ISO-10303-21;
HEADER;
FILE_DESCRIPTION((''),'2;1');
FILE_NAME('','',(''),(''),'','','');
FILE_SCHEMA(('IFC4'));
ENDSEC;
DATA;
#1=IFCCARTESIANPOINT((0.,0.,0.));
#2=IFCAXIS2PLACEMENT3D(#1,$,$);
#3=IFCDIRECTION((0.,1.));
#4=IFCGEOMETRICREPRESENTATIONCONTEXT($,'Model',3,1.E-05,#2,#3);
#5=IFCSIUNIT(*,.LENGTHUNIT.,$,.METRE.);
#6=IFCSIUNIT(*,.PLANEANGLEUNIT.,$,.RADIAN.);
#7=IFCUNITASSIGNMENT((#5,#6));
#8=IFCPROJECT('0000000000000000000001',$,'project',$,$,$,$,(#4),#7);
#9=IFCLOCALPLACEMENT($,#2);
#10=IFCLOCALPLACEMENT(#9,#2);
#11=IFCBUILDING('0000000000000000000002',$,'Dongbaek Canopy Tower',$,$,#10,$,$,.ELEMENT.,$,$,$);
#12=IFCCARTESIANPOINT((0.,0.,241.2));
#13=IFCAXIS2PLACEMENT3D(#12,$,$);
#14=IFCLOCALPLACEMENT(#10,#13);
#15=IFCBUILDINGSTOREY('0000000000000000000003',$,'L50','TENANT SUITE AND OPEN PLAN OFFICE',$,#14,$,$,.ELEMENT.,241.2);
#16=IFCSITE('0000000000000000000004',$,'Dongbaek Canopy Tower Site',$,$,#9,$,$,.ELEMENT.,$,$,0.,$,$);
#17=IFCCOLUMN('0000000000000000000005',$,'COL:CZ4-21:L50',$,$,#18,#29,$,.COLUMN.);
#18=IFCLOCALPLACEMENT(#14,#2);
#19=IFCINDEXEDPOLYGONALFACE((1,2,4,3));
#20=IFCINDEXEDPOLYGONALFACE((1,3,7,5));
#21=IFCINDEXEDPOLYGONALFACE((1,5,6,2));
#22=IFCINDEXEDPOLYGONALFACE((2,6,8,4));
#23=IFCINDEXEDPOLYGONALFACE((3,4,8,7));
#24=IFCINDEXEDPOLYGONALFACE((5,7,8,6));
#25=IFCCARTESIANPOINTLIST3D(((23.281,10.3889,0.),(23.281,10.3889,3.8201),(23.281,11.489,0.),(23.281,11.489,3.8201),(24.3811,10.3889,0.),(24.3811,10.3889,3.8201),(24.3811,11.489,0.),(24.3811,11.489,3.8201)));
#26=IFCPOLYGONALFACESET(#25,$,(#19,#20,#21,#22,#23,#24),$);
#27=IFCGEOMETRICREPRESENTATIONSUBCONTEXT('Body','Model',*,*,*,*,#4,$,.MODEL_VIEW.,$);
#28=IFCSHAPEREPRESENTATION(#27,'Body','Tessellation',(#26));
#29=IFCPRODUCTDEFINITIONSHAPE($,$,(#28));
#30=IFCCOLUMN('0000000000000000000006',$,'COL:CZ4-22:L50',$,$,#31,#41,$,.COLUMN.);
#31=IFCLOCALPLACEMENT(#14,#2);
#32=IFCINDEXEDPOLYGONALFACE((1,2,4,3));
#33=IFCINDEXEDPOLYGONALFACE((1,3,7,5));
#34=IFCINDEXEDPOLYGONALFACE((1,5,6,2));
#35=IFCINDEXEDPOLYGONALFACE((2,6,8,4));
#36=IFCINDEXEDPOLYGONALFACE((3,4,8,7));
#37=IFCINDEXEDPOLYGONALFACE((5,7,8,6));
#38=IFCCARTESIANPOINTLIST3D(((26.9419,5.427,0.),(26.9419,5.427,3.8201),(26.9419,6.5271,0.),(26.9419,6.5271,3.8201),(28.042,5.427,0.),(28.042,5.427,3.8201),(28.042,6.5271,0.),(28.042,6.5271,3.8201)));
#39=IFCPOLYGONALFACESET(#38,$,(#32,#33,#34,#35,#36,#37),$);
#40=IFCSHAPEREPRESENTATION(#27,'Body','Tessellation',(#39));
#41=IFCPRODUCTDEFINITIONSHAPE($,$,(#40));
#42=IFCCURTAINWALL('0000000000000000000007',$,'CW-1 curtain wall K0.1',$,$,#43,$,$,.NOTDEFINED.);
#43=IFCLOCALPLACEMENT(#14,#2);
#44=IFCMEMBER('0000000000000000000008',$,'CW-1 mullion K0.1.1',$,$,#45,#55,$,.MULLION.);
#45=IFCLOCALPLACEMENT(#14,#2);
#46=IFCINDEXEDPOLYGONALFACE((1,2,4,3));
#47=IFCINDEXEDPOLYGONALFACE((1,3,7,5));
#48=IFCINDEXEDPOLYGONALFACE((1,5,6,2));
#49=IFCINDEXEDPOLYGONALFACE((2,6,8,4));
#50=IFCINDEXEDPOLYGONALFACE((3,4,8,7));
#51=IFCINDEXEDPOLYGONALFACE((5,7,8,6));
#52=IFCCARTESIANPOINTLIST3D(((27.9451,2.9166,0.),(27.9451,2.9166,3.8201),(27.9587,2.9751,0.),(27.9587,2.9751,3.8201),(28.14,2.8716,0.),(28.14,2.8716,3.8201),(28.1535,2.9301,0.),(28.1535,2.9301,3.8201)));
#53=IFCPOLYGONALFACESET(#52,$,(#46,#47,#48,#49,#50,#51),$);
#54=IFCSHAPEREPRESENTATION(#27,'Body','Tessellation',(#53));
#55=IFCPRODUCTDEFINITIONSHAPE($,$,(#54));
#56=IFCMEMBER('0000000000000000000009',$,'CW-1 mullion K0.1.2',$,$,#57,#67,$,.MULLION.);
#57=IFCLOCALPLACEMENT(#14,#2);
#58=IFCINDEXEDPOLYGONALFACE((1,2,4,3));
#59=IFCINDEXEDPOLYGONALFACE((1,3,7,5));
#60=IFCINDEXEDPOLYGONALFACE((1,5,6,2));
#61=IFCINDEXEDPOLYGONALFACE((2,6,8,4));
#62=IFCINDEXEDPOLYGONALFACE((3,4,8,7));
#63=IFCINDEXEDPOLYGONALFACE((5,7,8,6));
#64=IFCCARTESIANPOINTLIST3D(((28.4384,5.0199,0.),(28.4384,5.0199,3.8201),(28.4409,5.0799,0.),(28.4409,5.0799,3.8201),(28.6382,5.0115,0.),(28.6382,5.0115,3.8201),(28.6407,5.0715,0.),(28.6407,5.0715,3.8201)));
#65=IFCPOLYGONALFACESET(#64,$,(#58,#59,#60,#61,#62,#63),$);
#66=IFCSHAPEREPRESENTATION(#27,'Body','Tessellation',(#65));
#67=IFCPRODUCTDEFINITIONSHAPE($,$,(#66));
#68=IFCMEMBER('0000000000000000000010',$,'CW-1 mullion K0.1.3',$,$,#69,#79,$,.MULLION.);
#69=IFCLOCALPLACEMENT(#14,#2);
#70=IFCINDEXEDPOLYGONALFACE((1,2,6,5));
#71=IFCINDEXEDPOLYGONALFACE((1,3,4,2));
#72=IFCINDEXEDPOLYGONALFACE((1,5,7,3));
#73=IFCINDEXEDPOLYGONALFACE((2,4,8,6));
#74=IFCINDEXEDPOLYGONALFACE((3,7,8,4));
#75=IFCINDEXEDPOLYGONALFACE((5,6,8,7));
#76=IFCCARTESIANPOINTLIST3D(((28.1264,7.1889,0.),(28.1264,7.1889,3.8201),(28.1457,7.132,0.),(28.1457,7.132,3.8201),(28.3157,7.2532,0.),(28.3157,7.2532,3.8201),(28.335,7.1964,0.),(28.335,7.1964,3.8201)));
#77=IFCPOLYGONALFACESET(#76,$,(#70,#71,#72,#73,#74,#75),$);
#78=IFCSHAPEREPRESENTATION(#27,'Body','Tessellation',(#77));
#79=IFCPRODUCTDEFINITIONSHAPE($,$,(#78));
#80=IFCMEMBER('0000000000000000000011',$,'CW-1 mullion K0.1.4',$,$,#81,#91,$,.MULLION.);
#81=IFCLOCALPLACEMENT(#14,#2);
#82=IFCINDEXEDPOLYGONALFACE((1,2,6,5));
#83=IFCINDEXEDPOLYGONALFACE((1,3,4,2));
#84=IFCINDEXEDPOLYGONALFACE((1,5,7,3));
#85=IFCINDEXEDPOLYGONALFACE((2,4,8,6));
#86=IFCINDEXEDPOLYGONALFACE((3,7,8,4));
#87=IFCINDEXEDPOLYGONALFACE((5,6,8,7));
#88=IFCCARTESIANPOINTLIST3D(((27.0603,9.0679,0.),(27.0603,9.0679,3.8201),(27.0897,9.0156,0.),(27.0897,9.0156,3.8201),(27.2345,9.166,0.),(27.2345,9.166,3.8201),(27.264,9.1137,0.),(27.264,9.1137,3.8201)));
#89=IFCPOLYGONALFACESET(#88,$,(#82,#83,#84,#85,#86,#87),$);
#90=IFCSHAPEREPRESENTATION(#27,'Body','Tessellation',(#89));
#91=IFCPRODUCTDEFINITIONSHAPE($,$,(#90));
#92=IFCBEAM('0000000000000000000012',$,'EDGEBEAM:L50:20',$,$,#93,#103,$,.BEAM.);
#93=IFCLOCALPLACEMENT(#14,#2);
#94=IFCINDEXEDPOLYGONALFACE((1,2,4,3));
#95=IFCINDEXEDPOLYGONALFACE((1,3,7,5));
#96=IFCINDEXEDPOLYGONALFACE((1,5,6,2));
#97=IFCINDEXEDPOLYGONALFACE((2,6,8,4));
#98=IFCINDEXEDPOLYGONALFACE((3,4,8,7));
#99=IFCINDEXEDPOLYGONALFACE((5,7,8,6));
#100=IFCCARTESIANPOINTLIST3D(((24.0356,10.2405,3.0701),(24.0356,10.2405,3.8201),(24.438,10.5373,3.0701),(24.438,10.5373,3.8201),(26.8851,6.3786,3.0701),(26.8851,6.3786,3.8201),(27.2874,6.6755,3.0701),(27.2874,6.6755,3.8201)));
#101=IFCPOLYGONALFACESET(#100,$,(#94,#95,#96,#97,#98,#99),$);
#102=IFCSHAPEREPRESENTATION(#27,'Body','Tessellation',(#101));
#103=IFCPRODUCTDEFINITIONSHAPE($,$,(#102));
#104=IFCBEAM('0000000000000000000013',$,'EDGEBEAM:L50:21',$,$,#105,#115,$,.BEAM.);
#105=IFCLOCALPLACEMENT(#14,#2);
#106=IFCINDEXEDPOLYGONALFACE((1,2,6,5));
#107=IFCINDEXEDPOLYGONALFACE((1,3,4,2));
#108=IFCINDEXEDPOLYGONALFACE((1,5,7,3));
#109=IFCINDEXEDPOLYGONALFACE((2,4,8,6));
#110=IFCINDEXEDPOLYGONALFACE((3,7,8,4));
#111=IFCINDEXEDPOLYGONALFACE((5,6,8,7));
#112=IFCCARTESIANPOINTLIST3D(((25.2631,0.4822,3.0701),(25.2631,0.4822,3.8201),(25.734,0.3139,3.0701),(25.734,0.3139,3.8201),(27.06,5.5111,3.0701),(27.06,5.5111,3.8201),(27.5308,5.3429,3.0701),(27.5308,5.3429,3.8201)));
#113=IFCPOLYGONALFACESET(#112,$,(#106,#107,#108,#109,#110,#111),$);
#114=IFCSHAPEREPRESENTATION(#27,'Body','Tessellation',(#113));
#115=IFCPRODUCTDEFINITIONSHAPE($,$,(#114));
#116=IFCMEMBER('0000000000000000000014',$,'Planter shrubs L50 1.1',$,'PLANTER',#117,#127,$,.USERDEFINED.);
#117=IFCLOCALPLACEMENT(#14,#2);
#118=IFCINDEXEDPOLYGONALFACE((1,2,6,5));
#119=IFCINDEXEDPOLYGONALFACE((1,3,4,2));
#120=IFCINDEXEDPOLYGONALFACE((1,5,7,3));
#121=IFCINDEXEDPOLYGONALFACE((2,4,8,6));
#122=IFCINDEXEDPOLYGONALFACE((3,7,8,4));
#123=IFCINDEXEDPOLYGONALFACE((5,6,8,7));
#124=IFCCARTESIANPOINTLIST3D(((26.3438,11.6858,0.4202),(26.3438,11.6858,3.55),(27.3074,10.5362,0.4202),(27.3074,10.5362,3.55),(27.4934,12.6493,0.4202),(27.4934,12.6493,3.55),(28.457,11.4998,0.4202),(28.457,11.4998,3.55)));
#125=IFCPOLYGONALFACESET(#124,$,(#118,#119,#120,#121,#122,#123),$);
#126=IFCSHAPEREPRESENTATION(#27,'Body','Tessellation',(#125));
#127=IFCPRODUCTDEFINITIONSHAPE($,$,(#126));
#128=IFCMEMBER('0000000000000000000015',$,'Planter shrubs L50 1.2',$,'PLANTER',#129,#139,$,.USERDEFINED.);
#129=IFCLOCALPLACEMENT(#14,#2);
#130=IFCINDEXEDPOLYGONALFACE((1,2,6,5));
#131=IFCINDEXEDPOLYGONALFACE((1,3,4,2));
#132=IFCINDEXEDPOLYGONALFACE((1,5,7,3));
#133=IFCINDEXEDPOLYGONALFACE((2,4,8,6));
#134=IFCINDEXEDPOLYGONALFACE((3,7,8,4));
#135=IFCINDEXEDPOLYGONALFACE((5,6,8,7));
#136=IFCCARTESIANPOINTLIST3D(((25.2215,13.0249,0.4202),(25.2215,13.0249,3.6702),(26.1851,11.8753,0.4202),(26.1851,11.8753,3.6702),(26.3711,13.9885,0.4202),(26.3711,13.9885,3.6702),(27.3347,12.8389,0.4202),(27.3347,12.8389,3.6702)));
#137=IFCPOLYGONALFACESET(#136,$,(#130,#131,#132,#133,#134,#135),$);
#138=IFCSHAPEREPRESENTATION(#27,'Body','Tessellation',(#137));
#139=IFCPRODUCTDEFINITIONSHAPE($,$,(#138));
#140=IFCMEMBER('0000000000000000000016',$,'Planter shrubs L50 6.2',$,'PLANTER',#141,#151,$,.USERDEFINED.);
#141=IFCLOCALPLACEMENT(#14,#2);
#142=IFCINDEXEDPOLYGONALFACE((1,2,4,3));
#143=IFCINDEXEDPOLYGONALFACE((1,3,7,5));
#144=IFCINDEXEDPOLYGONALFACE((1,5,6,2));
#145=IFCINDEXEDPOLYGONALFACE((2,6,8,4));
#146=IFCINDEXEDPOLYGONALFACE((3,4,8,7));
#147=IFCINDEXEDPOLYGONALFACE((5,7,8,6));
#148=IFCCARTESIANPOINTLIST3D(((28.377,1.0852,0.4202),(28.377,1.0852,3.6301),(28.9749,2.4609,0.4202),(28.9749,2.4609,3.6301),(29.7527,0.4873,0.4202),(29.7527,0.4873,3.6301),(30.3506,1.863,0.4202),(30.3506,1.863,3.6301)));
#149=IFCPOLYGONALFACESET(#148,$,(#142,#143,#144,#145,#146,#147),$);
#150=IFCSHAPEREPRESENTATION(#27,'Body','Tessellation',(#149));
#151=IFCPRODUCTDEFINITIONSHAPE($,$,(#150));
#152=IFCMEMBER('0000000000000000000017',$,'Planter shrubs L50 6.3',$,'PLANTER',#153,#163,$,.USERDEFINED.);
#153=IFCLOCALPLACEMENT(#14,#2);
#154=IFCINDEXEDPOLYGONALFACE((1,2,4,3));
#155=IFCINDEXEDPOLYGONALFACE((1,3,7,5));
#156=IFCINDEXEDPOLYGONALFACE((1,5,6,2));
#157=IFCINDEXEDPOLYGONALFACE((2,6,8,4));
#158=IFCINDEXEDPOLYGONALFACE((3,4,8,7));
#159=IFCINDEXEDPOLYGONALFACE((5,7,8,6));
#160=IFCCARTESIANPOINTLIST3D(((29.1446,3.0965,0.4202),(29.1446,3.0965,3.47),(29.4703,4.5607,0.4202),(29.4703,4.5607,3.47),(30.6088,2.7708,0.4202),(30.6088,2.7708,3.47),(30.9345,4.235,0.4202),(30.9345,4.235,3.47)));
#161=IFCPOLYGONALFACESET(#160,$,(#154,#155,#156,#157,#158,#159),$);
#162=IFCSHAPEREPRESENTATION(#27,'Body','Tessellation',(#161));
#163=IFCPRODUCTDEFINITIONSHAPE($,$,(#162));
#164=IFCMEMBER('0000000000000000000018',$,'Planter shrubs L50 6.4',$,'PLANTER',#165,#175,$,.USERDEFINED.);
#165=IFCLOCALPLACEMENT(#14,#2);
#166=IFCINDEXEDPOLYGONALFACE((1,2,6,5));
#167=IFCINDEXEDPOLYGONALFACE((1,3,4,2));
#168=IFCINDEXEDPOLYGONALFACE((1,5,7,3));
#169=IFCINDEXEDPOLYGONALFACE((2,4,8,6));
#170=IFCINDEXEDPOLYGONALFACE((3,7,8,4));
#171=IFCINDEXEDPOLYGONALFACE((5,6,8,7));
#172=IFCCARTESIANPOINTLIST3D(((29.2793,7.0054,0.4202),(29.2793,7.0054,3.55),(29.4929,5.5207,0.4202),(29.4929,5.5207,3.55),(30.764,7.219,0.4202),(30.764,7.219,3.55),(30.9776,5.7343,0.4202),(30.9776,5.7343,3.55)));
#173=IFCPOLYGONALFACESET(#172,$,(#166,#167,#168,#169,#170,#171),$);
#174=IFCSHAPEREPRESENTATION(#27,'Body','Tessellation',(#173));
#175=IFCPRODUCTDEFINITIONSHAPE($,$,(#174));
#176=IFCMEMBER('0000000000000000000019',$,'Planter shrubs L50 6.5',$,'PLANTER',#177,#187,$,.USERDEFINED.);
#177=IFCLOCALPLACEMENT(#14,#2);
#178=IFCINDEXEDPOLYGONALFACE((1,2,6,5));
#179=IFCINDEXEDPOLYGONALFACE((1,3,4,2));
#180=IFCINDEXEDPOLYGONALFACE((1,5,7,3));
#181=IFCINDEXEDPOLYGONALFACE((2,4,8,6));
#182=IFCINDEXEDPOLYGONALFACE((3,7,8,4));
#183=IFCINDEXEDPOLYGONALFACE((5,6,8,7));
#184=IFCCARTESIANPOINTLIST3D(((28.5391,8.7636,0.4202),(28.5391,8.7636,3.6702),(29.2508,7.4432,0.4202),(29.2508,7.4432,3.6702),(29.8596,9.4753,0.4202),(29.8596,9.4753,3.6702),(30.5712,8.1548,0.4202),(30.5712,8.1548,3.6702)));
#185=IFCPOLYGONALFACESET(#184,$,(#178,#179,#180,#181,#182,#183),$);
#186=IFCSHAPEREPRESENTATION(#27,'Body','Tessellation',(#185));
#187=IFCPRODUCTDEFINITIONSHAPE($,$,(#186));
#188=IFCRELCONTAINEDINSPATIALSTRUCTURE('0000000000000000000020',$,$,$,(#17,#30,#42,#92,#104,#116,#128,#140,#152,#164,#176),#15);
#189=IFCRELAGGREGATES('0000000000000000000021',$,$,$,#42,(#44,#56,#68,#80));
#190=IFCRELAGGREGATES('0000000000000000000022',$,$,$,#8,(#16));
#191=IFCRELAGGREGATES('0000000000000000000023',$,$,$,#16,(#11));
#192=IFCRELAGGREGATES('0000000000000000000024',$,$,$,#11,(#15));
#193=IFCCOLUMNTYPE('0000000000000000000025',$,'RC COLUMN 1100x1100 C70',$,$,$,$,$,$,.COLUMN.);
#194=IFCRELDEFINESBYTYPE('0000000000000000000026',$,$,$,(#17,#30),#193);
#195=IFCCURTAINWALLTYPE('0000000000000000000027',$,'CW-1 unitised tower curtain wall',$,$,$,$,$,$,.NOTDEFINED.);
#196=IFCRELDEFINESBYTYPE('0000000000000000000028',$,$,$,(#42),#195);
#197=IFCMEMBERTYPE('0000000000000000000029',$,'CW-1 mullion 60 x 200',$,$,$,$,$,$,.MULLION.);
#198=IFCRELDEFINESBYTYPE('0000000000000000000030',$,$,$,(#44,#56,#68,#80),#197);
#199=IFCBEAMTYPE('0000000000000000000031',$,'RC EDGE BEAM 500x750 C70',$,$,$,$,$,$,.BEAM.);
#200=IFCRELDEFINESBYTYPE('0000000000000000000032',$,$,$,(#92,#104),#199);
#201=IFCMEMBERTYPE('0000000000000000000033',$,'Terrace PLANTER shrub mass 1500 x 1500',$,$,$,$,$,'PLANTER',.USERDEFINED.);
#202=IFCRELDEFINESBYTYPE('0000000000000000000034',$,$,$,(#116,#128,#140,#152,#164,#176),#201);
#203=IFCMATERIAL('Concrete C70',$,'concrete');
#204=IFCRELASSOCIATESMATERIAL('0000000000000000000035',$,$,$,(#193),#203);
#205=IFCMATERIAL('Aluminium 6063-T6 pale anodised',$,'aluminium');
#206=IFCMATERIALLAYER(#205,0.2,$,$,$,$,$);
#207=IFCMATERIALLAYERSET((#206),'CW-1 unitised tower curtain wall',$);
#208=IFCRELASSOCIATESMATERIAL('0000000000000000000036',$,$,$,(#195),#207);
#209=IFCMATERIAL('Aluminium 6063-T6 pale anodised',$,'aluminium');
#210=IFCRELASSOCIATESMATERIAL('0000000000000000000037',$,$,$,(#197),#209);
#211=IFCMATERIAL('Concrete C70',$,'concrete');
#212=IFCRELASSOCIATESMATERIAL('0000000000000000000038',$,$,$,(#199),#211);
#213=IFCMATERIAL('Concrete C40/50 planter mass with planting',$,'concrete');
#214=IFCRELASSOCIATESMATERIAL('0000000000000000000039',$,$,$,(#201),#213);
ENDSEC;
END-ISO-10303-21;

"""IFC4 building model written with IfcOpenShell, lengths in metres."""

from ifc_helpers import new_model, si_unit, direction, frame, origin, origin_2d, place, context, subcontext, project, spatial, rectangle, extrude, material, layer, layer_set, material_profile, profile_set, type_object, element, aggregate, save


model = new_model("IFC4")

# Units and contexts
model_context = context("Model", 3, precision=1e-05, world=origin(), true_north=direction((0.0, 1.0)))
body_context = subcontext(model_context, "Body", "Model", "MODEL_VIEW")
ifc_project = project(units=[si_unit("LENGTHUNIT", "METRE"), si_unit("PLANEANGLEUNIT", "RADIAN")], contexts=[model_context])

# Site, building, storey
site_placement = place(None, origin())
site = spatial("IfcSite", under=ifc_project, at=site_placement, Name="Dongbaek Canopy Tower Site", CompositionType="ELEMENT", RefElevation=0.0)
building_placement = place(site_placement, origin())
building = spatial("IfcBuilding", under=site, at=building_placement, Name="Dongbaek Canopy Tower", CompositionType="ELEMENT")
storey_placement = place(building_placement, frame((0.0, 0.0, 241.2)))
storey = spatial("IfcBuildingStorey", under=building, at=storey_placement, Name="L50", Description="TENANT SUITE AND OPEN PLAN OFFICE", CompositionType="ELEMENT", Elevation=241.2)

# Columns
ifc_material_1 = material(Name="Concrete C70", Category="concrete")
ifc_material_profile_1 = material_profile(ifc_material_1, rectangle(XDim=1.1001, YDim=1.1001, at=origin_2d()), Name="RC COLUMN 1100x1100 C70")
ifc_profile_set_1 = profile_set([ifc_material_profile_1], Name="Concrete C70")
column_type = type_object("IfcColumnType", Name="RC COLUMN 1100x1100 C70", PredefinedType="COLUMN", material=ifc_profile_set_1)
for number, where, z_axis, x_axis, name in (
    (1, (23.8311, 10.939, 0.0), (0.0, 0.0, 1.0), (1.0, 0.0, 0.0), "COL:CZ4-21:L50"),
    (2, (27.4919, 5.9771, 0.0), (0.0, 0.0, 1.0), (1.0, 0.0, 0.0), "COL:CZ4-22:L50"),
):
    element("IfcColumn", number, at=place(storey_placement, frame(where, z_axis=z_axis, x_axis=x_axis)), inside=storey, type_object=column_type, Name=name, PredefinedType="COLUMN", context=body_context, shape_type="SweptSolid", body=[
        extrude(rectangle(XDim=1.1001, YDim=1.1001, at=origin_2d()), origin(), (0.0, 0.0, 1.0), 3.8201),
    ])

# Curtain wall, members
ifc_material_2 = material(Name="Aluminium 6063-T6 pale anodised", Category="aluminium")
ifc_layer_1 = layer(ifc_material_2, 0.2)
ifc_layer_set_1 = layer_set([ifc_layer_1], Name="CW-1 unitised tower curtain wall")
curtain_wall_type = type_object("IfcCurtainWallType", Name="CW-1 unitised tower curtain wall", PredefinedType="NOTDEFINED", material=ifc_layer_set_1)
curtain_wall_placement = place(storey_placement, origin())
curtain_wall = element("IfcCurtainWall", 3, at=curtain_wall_placement, inside=storey, type_object=curtain_wall_type, Name="CW-1 curtain wall K0.1", PredefinedType="NOTDEFINED")
ifc_material_3 = material(Name="Aluminium 6063-T6 pale anodised", Category="aluminium")
ifc_material_profile_2 = material_profile(ifc_material_3, rectangle(XDim=0.2, YDim=0.0601, at=origin_2d()), Name="CW-1 mullion 60 x 200")
ifc_profile_set_2 = profile_set([ifc_material_profile_2], Name="Aluminium 6063-T6 pale anodised")
member_type_1 = type_object("IfcMemberType", Name="CW-1 mullion 60 x 200", PredefinedType="MULLION", material=ifc_profile_set_2)
member_1_placement = place(storey_placement, frame((28.0493, 2.9233, 0.0), z_axis=(0.0, 0.0, 1.0), x_axis=(0.974362, -0.224987, 0.0)))
member_1 = element("IfcMember", 4, at=member_1_placement, type_object=member_type_1, Name="CW-1 mullion K0.1.1", PredefinedType="MULLION", context=body_context, shape_type="SweptSolid", body=[
    extrude(rectangle(XDim=0.2, YDim=0.0601, at=origin_2d()), origin(), (0.0, 0.0, 1.0), 3.8201),
])
member_2_placement = place(storey_placement, frame((28.5396, 5.0457, 0.0), z_axis=(0.0, 0.0, 1.0), x_axis=(0.999117, -0.042008, 0.0)))
member_2 = element("IfcMember", 5, at=member_2_placement, type_object=member_type_1, Name="CW-1 mullion K0.1.2", PredefinedType="MULLION", context=body_context, shape_type="SweptSolid", body=[
    extrude(rectangle(XDim=0.2, YDim=0.0601, at=origin_2d()), origin(), (0.0, 0.0, 1.0), 3.8201),
])
member_3_placement = place(storey_placement, frame((28.2307, 7.1926, 0.0), z_axis=(0.0, 0.0, 1.0), x_axis=(0.946754, 0.321959, 0.0)))
member_3 = element("IfcMember", 6, at=member_3_placement, type_object=member_type_1, Name="CW-1 mullion K0.1.3", PredefinedType="MULLION", context=body_context, shape_type="SweptSolid", body=[
    extrude(rectangle(XDim=0.2, YDim=0.0601, at=origin_2d()), origin(), (0.0, 0.0, 1.0), 3.8201),
])
member_4_placement = place(storey_placement, frame((27.1621, 9.0908, 0.0), z_axis=(0.0, 0.0, 1.0), x_axis=(0.87142, 0.490538, 0.0)))
member_4 = element("IfcMember", 7, at=member_4_placement, type_object=member_type_1, Name="CW-1 mullion K0.1.4", PredefinedType="MULLION", context=body_context, shape_type="SweptSolid", body=[
    extrude(rectangle(XDim=0.2, YDim=0.0601, at=origin_2d()), origin(), (0.0, 0.0, 1.0), 3.8201),
])

# Beams
ifc_material_4 = material(Name="Concrete C70", Category="concrete")
ifc_material_profile_3 = material_profile(ifc_material_4, rectangle(XDim=0.5, YDim=0.75, at=origin_2d()), Name="RC EDGE BEAM 500x750 C70")
ifc_profile_set_3 = profile_set([ifc_material_profile_3], Name="Concrete C70")
beam_type = type_object("IfcBeamType", Name="RC EDGE BEAM 500x750 C70", PredefinedType="BEAM", material=ifc_profile_set_3)
beam_1_placement = place(storey_placement, frame((24.2368, 10.3889, 3.4451), z_axis=(0.593714, -0.804676, 0.0), x_axis=(0.804676, 0.593714, 0.0)))
element("IfcBeam", 8, at=beam_1_placement, inside=storey, type_object=beam_type, Name="EDGEBEAM:L50:20", PredefinedType="BEAM", context=body_context, shape_type="SweptSolid", body=[
    extrude(rectangle(XDim=0.5, YDim=0.75, at=origin_2d()), origin(), (0.0, 0.0, 1.0), 4.7993),
])
beam_2_placement = place(storey_placement, frame((27.2954, 5.427, 3.4451), z_axis=(-0.336467, -0.941695, 0.0), x_axis=(0.941695, -0.336467, 0.0)))
element("IfcBeam", 9, at=beam_2_placement, inside=storey, type_object=beam_type, Name="EDGEBEAM:L50:21", PredefinedType="BEAM", context=body_context, shape_type="SweptSolid", body=[
    extrude(rectangle(XDim=0.5, YDim=0.75, at=origin_2d()), origin(), (0.0, 0.0, 1.0), 5.3403),
])

# Members
ifc_material_5 = material(Name="Concrete C40/50 planter mass with planting", Category="concrete")
ifc_material_profile_4 = material_profile(ifc_material_5, rectangle(XDim=1.5, YDim=1.5, at=origin_2d()), Name="Terrace PLANTER shrub mass 1500 x 1500")
ifc_profile_set_4 = profile_set([ifc_material_profile_4], Name="Concrete C40/50 planter mass with planting")
member_type_2 = type_object("IfcMemberType", Name="Terrace PLANTER shrub mass 1500 x 1500", ElementType="PLANTER", PredefinedType="USERDEFINED", material=ifc_profile_set_4)
member_5_placement = place(storey_placement, frame((27.4004, 11.5928, 0.4202), z_axis=(0.0, 0.0, 1.0), x_axis=(0.766375, 0.642393, 0.0)))
element("IfcMember", 10, at=member_5_placement, inside=storey, type_object=member_type_2, Name="Planter shrubs L50 1.1", ObjectType="PLANTER", PredefinedType="USERDEFINED", context=body_context, shape_type="SweptSolid", body=[
    extrude(rectangle(XDim=1.5, YDim=1.5, at=origin_2d()), origin(), (0.0, 0.0, 1.0), 3.1299),
])
member_6_placement = place(storey_placement, frame((26.2781, 12.9319, 0.4202), z_axis=(0.0, 0.0, 1.0), x_axis=(0.766375, 0.642393, 0.0)))
element("IfcMember", 11, at=member_6_placement, inside=storey, type_object=member_type_2, Name="Planter shrubs L50 1.2", ObjectType="PLANTER", PredefinedType="USERDEFINED", context=body_context, shape_type="SweptSolid", body=[
    extrude(rectangle(XDim=1.5, YDim=1.5, at=origin_2d()), origin(), (0.0, 0.0, 1.0), 3.25),
])
member_7_placement = place(storey_placement, frame((29.3638, 1.4741, 0.4202), z_axis=(0.0, 0.0, 1.0), x_axis=(0.917131, -0.398585, 0.0)))
element("IfcMember", 12, at=member_7_placement, inside=storey, type_object=member_type_2, Name="Planter shrubs L50 6.2", ObjectType="PLANTER", PredefinedType="USERDEFINED", context=body_context, shape_type="SweptSolid", body=[
    extrude(rectangle(XDim=1.5, YDim=1.5, at=origin_2d()), origin(), (0.0, 0.0, 1.0), 3.21),
])
member_8_placement = place(storey_placement, frame((30.0396, 3.6658, 0.4202), z_axis=(0.0, 0.0, 1.0), x_axis=(0.976147, -0.21711, 0.0)))
element("IfcMember", 13, at=member_8_placement, inside=storey, type_object=member_type_2, Name="Planter shrubs L50 6.3", ObjectType="PLANTER", PredefinedType="USERDEFINED", context=body_context, shape_type="SweptSolid", body=[
    extrude(rectangle(XDim=1.5, YDim=1.5, at=origin_2d()), origin(), (0.0, 0.0, 1.0), 3.0498),
])
member_9_placement = place(storey_placement, frame((30.1284, 6.3699, 0.4202), z_axis=(0.0, 0.0, 1.0), x_axis=(0.989809, 0.142403, 0.0)))
element("IfcMember", 14, at=member_9_placement, inside=storey, type_object=member_type_2, Name="Planter shrubs L50 6.4", ObjectType="PLANTER", PredefinedType="USERDEFINED", context=body_context, shape_type="SweptSolid", body=[
    extrude(rectangle(XDim=1.5, YDim=1.5, at=origin_2d()), origin(), (0.0, 0.0, 1.0), 3.1299),
])
member_10_placement = place(storey_placement, frame((29.5552, 8.4592, 0.4202), z_axis=(0.0, 0.0, 1.0), x_axis=(0.880289, 0.474437, 0.0)))
element("IfcMember", 15, at=member_10_placement, inside=storey, type_object=member_type_2, Name="Planter shrubs L50 6.5", ObjectType="PLANTER", PredefinedType="USERDEFINED", context=body_context, shape_type="SweptSolid", body=[
    extrude(rectangle(XDim=1.5, YDim=1.5, at=origin_2d()), origin(), (0.0, 0.0, 1.0), 3.25),
])

aggregate(curtain_wall, [member_1, member_2, member_3, member_4])

save(model, "model.ifc")
